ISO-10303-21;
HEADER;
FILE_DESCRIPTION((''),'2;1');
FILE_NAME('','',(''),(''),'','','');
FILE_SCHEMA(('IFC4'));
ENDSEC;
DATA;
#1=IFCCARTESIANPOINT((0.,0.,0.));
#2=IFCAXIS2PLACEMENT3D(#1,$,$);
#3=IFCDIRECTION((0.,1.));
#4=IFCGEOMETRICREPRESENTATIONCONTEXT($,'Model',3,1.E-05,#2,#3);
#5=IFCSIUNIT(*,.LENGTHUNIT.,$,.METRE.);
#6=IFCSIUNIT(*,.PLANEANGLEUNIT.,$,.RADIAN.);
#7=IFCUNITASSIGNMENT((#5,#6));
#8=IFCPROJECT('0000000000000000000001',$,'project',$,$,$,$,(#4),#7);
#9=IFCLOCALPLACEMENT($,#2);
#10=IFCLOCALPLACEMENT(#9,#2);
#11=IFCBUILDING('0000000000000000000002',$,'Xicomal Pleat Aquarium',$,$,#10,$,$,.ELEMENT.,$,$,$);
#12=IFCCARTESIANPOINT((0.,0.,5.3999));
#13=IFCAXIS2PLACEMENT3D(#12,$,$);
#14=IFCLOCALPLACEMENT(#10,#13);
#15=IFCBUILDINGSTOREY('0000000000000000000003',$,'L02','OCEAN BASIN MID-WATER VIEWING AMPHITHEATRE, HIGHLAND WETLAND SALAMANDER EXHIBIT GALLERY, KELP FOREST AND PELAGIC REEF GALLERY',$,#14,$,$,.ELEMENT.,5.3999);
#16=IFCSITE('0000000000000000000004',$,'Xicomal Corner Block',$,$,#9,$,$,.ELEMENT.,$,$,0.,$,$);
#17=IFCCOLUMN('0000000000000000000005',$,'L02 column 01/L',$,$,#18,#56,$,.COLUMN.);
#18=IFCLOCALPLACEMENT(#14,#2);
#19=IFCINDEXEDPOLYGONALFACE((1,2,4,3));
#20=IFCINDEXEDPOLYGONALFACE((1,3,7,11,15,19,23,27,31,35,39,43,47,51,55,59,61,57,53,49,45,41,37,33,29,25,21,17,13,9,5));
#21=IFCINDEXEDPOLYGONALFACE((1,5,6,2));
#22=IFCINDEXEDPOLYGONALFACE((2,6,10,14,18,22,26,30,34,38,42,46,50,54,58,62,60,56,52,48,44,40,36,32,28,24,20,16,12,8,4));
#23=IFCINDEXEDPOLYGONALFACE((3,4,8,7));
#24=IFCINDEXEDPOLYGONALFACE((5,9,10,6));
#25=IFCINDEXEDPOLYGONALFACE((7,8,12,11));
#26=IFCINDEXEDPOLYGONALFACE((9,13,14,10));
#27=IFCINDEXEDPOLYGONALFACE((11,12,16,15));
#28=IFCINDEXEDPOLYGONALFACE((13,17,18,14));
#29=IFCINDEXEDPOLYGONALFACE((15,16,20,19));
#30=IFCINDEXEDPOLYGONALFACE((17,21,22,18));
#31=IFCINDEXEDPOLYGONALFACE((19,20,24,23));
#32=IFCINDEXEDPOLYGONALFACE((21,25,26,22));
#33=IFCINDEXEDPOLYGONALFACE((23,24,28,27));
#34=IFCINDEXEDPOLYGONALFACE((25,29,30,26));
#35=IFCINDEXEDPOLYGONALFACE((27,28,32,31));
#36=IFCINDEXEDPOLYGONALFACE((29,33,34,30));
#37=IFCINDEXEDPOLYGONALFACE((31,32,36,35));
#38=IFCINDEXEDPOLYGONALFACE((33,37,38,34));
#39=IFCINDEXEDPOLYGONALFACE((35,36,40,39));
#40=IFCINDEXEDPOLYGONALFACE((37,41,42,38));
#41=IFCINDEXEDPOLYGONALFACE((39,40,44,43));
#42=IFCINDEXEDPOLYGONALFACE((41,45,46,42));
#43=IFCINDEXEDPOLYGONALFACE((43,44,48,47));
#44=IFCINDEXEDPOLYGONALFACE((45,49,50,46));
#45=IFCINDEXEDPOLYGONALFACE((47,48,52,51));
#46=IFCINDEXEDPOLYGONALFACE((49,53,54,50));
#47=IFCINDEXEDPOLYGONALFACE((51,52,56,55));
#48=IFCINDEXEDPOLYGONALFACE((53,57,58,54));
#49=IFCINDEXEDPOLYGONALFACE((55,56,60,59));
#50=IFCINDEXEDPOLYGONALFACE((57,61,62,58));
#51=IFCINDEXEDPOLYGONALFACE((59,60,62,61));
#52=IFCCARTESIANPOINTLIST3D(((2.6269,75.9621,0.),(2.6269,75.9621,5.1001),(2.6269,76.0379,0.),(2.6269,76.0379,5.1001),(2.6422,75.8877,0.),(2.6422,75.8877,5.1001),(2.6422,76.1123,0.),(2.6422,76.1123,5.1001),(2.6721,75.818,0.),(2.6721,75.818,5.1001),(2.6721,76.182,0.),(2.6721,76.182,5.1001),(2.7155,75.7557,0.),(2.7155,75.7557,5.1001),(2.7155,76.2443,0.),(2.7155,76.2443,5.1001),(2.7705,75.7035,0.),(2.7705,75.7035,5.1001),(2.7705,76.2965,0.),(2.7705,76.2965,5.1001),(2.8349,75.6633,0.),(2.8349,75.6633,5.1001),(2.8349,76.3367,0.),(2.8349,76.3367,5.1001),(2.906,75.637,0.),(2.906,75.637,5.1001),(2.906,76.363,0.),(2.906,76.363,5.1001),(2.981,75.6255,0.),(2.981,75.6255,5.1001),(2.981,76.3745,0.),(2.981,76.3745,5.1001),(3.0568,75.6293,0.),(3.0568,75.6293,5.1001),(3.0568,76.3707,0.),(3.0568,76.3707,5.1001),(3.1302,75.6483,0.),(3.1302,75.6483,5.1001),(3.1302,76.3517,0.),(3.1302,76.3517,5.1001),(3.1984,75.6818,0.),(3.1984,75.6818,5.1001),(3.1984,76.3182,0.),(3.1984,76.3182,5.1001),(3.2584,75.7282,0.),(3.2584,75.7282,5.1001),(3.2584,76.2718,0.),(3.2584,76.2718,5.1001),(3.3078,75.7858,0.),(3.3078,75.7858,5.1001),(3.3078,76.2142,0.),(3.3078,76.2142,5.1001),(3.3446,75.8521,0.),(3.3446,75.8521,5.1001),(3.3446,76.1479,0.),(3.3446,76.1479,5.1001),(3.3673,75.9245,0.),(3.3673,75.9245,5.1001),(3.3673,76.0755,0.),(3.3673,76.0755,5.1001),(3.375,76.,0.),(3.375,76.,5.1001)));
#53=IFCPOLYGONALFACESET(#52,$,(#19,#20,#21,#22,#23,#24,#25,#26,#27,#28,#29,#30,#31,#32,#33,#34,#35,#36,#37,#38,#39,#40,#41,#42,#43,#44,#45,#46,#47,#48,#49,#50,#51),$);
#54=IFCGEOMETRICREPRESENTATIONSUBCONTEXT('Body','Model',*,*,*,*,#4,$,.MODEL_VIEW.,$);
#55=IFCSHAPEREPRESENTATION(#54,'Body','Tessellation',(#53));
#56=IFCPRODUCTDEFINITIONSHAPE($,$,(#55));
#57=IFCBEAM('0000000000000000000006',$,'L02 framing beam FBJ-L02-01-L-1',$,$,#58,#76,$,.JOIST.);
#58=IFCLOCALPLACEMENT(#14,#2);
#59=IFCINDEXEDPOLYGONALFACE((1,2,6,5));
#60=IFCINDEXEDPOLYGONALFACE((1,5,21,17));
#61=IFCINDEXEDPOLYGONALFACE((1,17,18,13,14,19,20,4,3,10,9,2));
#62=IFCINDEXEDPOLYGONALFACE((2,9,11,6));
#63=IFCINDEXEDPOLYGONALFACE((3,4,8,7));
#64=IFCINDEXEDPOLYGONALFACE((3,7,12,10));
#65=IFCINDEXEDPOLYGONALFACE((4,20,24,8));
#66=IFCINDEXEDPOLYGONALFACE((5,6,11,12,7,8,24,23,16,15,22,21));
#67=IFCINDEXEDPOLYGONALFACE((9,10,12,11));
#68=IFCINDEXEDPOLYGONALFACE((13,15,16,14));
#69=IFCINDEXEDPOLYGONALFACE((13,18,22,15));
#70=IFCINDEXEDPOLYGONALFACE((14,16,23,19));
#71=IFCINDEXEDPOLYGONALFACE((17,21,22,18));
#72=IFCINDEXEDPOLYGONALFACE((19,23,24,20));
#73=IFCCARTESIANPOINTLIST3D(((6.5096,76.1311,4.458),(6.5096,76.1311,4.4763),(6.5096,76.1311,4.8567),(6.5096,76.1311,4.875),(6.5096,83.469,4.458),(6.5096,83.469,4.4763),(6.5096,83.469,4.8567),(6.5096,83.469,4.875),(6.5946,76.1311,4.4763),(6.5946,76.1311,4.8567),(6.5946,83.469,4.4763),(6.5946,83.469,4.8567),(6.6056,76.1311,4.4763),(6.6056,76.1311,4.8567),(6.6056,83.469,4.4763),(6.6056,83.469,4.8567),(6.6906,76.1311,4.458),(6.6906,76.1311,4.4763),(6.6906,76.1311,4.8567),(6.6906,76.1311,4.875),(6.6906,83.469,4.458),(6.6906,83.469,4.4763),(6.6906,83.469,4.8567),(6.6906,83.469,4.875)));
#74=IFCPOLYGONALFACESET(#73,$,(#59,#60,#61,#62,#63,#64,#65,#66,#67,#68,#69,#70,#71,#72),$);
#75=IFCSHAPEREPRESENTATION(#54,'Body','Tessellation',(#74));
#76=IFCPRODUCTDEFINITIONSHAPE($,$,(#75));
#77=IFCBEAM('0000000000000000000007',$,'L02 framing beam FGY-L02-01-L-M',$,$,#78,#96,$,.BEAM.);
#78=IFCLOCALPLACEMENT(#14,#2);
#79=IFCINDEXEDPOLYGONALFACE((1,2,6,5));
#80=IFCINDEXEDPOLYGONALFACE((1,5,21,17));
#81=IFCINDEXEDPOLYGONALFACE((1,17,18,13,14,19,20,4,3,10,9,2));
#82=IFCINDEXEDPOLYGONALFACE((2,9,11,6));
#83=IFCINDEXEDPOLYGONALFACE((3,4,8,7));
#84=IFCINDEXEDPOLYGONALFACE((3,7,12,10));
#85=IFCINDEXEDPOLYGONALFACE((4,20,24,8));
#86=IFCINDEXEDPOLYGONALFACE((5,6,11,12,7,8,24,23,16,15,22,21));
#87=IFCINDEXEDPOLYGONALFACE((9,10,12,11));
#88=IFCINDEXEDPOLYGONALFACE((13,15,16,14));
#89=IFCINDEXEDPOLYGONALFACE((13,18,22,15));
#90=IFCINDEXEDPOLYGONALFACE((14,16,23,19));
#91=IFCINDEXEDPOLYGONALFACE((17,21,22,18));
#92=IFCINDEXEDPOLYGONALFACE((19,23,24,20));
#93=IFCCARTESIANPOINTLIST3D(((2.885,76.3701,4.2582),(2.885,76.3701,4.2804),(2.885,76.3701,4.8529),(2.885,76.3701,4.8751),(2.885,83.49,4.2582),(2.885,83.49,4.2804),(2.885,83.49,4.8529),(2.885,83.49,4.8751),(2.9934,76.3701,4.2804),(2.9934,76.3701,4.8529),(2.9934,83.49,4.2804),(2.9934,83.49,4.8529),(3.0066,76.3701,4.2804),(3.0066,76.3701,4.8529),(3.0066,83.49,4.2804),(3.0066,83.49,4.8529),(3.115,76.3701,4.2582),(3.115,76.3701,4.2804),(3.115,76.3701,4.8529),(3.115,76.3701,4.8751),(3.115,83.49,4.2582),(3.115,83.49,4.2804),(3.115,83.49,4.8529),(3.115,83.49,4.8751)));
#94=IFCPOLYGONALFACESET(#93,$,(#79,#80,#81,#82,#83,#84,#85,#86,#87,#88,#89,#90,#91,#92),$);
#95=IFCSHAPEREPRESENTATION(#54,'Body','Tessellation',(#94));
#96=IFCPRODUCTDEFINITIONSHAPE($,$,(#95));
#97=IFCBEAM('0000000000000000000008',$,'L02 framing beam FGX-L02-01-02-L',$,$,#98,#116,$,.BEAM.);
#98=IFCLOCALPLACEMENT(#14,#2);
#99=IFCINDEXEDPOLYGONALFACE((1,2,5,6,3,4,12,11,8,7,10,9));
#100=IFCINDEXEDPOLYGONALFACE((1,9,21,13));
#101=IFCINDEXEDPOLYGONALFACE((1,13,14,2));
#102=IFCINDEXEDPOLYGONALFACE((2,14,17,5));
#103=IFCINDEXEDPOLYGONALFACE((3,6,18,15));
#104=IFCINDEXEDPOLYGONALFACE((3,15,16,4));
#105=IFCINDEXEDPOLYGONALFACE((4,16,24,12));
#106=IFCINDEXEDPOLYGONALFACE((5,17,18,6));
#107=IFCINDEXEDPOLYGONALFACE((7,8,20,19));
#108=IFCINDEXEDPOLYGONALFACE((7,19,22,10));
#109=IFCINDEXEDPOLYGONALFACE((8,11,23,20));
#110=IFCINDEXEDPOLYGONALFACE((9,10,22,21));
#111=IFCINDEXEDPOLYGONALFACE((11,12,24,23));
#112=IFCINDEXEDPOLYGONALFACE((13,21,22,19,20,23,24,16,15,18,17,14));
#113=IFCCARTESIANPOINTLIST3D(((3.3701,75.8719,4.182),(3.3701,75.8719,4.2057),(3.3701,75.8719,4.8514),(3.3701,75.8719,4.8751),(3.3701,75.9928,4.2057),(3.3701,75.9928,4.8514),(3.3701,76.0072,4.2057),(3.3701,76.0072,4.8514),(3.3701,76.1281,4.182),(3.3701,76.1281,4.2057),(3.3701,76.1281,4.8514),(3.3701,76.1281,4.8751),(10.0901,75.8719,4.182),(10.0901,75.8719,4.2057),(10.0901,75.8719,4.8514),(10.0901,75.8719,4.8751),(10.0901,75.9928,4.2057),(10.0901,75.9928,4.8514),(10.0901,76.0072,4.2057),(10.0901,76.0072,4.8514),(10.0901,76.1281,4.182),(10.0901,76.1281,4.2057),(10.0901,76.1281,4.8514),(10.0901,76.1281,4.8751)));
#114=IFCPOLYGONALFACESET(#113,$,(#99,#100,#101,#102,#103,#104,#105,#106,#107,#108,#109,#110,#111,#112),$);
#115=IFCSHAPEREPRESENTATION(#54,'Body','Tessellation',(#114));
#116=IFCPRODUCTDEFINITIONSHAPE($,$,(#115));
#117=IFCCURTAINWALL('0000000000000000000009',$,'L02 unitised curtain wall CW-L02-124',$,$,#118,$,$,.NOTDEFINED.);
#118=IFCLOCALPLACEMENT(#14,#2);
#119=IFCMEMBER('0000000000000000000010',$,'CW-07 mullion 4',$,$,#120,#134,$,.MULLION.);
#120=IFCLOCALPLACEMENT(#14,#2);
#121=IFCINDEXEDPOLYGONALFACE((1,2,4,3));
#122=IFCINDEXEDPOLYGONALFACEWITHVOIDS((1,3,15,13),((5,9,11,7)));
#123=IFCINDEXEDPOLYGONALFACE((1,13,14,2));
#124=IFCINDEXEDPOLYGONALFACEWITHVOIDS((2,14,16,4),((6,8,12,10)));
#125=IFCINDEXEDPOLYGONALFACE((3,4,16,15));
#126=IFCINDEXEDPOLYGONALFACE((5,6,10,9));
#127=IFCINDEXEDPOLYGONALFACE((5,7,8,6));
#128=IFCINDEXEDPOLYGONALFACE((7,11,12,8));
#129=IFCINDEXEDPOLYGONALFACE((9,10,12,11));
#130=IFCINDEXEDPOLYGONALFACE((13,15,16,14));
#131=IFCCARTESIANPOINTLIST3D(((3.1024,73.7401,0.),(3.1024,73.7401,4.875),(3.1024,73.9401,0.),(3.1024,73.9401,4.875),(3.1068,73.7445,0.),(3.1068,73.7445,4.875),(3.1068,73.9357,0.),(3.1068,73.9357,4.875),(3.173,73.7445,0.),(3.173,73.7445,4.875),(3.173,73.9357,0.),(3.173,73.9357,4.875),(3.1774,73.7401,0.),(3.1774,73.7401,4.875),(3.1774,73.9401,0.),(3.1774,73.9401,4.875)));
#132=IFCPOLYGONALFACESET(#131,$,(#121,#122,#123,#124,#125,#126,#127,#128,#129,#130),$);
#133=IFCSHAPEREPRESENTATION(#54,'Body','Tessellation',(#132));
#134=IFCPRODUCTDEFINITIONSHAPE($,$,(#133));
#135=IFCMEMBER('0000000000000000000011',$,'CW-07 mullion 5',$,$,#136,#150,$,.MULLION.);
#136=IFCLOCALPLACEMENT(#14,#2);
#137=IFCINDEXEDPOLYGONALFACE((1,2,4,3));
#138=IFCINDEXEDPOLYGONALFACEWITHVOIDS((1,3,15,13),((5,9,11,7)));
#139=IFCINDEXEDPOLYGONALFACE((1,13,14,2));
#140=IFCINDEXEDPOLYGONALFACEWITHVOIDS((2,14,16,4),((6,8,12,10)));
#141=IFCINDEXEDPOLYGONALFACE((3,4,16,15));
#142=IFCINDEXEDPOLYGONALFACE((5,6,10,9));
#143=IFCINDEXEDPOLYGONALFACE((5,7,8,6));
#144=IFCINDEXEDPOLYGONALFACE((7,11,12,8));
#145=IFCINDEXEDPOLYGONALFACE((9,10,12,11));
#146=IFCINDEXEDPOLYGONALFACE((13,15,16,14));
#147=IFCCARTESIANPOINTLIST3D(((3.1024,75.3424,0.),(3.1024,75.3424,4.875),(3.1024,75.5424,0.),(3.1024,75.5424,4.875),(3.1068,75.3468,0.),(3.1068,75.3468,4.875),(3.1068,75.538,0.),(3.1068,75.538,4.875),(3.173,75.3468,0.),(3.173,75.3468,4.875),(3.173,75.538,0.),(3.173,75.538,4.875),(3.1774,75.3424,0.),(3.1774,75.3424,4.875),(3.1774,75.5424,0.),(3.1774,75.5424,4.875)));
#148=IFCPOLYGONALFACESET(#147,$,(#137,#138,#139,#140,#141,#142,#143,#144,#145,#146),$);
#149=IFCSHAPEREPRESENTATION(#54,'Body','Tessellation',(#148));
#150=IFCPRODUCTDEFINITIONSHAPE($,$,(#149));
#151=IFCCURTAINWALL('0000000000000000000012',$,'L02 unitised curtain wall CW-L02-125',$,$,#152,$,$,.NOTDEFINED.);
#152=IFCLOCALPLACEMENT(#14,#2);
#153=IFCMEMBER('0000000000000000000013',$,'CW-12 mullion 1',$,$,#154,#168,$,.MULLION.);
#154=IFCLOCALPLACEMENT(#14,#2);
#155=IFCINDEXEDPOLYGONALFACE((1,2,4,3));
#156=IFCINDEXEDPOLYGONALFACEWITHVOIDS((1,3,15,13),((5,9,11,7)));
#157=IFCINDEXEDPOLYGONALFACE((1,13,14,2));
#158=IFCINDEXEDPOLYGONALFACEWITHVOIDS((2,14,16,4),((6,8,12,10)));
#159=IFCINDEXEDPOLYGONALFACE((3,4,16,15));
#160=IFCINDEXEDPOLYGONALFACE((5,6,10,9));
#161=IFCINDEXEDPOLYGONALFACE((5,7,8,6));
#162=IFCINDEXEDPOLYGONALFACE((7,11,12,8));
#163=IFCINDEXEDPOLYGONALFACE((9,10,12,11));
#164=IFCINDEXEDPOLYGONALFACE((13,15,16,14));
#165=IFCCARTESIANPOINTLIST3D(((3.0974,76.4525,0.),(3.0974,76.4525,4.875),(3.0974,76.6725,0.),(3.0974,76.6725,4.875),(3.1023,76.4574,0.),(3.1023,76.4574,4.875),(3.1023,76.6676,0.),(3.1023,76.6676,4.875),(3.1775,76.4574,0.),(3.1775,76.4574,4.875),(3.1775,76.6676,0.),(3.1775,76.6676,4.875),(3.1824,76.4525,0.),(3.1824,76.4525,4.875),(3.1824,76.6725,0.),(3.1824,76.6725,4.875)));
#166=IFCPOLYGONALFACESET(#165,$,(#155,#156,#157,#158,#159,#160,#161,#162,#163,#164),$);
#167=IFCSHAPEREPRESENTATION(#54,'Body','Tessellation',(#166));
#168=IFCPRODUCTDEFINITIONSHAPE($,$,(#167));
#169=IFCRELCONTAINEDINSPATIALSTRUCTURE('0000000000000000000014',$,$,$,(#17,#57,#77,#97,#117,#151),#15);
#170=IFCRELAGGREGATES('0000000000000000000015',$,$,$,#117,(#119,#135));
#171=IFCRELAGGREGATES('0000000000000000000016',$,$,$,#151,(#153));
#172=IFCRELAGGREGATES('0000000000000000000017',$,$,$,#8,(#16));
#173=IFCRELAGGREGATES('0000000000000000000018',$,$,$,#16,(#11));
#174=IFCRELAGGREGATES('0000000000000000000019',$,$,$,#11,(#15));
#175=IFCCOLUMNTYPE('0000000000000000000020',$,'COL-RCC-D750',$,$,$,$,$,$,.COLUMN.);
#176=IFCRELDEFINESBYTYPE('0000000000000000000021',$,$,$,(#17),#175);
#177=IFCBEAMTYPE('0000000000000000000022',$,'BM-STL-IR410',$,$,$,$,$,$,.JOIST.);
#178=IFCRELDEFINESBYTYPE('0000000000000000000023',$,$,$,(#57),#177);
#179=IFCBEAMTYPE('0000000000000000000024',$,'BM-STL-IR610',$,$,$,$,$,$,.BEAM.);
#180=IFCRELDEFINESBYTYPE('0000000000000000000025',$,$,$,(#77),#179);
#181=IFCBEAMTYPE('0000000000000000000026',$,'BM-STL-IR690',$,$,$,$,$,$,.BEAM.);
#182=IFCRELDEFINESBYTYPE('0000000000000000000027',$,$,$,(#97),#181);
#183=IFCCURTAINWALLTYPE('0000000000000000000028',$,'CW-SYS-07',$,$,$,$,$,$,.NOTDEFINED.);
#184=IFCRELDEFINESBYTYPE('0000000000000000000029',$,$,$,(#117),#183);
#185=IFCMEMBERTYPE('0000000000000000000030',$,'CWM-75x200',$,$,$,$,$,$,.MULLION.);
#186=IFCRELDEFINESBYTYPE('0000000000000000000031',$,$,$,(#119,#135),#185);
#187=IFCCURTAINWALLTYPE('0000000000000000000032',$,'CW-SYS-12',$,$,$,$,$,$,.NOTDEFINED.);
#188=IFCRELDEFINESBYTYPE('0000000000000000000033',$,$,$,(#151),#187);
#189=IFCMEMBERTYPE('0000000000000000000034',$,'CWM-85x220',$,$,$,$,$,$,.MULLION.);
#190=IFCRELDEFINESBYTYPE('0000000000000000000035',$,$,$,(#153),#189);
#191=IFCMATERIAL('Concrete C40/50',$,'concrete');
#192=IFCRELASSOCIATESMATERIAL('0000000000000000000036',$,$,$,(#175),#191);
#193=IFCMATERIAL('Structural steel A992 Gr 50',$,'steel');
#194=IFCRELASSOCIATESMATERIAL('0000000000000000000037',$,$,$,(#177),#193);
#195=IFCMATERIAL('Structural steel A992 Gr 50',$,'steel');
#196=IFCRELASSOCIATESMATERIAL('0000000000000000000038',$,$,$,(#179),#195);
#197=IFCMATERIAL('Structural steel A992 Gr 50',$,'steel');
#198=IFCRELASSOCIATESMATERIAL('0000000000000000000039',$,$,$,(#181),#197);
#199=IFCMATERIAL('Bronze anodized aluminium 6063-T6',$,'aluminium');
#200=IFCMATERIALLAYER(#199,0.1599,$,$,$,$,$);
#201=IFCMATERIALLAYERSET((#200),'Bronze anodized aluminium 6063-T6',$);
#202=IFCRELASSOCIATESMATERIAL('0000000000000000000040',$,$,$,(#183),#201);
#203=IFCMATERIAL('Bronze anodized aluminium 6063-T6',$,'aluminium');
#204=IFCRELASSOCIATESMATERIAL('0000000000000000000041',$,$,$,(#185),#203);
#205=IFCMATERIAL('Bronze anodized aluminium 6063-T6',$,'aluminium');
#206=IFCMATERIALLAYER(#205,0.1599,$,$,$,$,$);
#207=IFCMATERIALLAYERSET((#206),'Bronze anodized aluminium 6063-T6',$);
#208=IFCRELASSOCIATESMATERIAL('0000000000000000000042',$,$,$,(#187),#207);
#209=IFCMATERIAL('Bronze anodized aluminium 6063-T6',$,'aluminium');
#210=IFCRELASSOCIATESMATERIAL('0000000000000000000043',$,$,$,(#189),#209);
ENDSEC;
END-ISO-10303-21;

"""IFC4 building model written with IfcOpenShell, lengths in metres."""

from ifc_helpers import new_model, si_unit, direction, frame, origin, origin_2d, place, context, subcontext, project, spatial, hollow_rectangle, circle, i_section, extrude, material, layer, layer_set, material_profile, profile_set, type_object, element, aggregate, save


model = new_model("IFC4")

# Units and contexts
model_context = context("Model", 3, precision=1e-05, world=origin(), true_north=direction((0.0, 1.0)))
body_context = subcontext(model_context, "Body", "Model", "MODEL_VIEW")
ifc_project = project(units=[si_unit("LENGTHUNIT", "METRE"), si_unit("PLANEANGLEUNIT", "RADIAN")], contexts=[model_context])

# Site, building, storey
site_placement = place(None, origin())
site = spatial("IfcSite", under=ifc_project, at=site_placement, Name="Xicomal Corner Block", CompositionType="ELEMENT", RefElevation=0.0)
building_placement = place(site_placement, origin())
building = spatial("IfcBuilding", under=site, at=building_placement, Name="Xicomal Pleat Aquarium", CompositionType="ELEMENT")
storey_placement = place(building_placement, frame((0.0, 0.0, 5.3999)))
storey = spatial("IfcBuildingStorey", under=building, at=storey_placement, Name="L02", Description="OCEAN BASIN MID-WATER VIEWING AMPHITHEATRE, HIGHLAND WETLAND SALAMANDER EXHIBIT GALLERY, KELP FOREST AND PELAGIC REEF GALLERY", CompositionType="ELEMENT", Elevation=5.3999)

# Column
ifc_material_1 = material(Name="Concrete C40/50", Category="concrete")
ifc_material_profile_1 = material_profile(ifc_material_1, circle(Radius=0.375, at=origin_2d()), Name="RCC D750")
ifc_profile_set_1 = profile_set([ifc_material_profile_1], Name="Concrete C40/50")
column_type = type_object("IfcColumnType", Name="COL-RCC-D750", PredefinedType="COLUMN", material=ifc_profile_set_1)
column_placement = place(storey_placement, frame((3.0, 76.0, 0.0), z_axis=(0.0, 0.0, 1.0), x_axis=(1.0, 0.0, 0.0)))
element("IfcColumn", 1, at=column_placement, inside=storey, type_object=column_type, Name="L02 column 01/L", PredefinedType="COLUMN", context=body_context, shape_type="SweptSolid", body=[
    extrude(circle(Radius=0.375, at=origin_2d()), origin(), (0.0, 0.0, 1.0), 5.1001),
])

# Beams
ifc_material_2 = material(Name="Structural steel A992 Gr 50", Category="steel")
ifc_material_profile_2 = material_profile(ifc_material_2, i_section(OverallWidth=0.1809, OverallDepth=0.417, WebThickness=0.011, FlangeThickness=0.0183, at=origin_2d()), Name="IR 410x85")
ifc_profile_set_2 = profile_set([ifc_material_profile_2], Name="Structural steel A992 Gr 50")
beam_type_1 = type_object("IfcBeamType", Name="BM-STL-IR410", PredefinedType="JOIST", material=ifc_profile_set_2)
beam_1_placement = place(storey_placement, frame((6.6001, 76.1311, 4.6665), z_axis=(0.0, 1.0, 0.0), x_axis=(-1.0, 0.0, 0.0)))
element("IfcBeam", 2, at=beam_1_placement, inside=storey, type_object=beam_type_1, Name="L02 framing beam FBJ-L02-01-L-1", PredefinedType="JOIST", context=body_context, shape_type="SweptSolid", body=[
    extrude(i_section(OverallWidth=0.1809, OverallDepth=0.417, WebThickness=0.011, FlangeThickness=0.0183, at=origin_2d()), origin(), (0.0, 0.0, 1.0), 7.3379),
])
ifc_material_3 = material(Name="Structural steel A992 Gr 50", Category="steel")
ifc_material_profile_3 = material_profile(ifc_material_3, i_section(OverallWidth=0.23, OverallDepth=0.6169, WebThickness=0.0132, FlangeThickness=0.0222, at=origin_2d()), Name="IR 610x140")
ifc_profile_set_3 = profile_set([ifc_material_profile_3], Name="Structural steel A992 Gr 50")
beam_type_2 = type_object("IfcBeamType", Name="BM-STL-IR610", PredefinedType="BEAM", material=ifc_profile_set_3)
beam_2_placement = place(storey_placement, frame((3.0, 76.3701, 4.5667), z_axis=(0.0, 1.0, 0.0), x_axis=(-1.0, 0.0, 0.0)))
element("IfcBeam", 3, at=beam_2_placement, inside=storey, type_object=beam_type_2, Name="L02 framing beam FGY-L02-01-L-M", PredefinedType="BEAM", context=body_context, shape_type="SweptSolid", body=[
    extrude(i_section(OverallWidth=0.23, OverallDepth=0.6169, WebThickness=0.0132, FlangeThickness=0.0222, at=origin_2d()), origin(), (0.0, 0.0, 1.0), 7.1199),
])
ifc_material_4 = material(Name="Structural steel A992 Gr 50", Category="steel")
ifc_material_profile_4 = material_profile(ifc_material_4, i_section(OverallWidth=0.2561, OverallDepth=0.6931, WebThickness=0.0144, FlangeThickness=0.0237, at=origin_2d()), Name="IR 690x170")
ifc_profile_set_4 = profile_set([ifc_material_profile_4], Name="Structural steel A992 Gr 50")
beam_type_3 = type_object("IfcBeamType", Name="BM-STL-IR690", PredefinedType="BEAM", material=ifc_profile_set_4)
beam_3_placement = place(storey_placement, frame((3.3701, 76.0, 4.5286), z_axis=(1.0, 0.0, 0.0), x_axis=(0.0, 1.0, 0.0)))
element("IfcBeam", 4, at=beam_3_placement, inside=storey, type_object=beam_type_3, Name="L02 framing beam FGX-L02-01-02-L", PredefinedType="BEAM", context=body_context, shape_type="SweptSolid", body=[
    extrude(i_section(OverallWidth=0.2561, OverallDepth=0.6931, WebThickness=0.0144, FlangeThickness=0.0237, at=origin_2d()), origin(), (0.0, 0.0, 1.0), 6.72),
])

# Curtain wall, members
ifc_material_5 = material(Name="Bronze anodized aluminium 6063-T6", Category="aluminium")
ifc_layer_1 = layer(ifc_material_5, 0.1599)
ifc_layer_set_1 = layer_set([ifc_layer_1], Name="Bronze anodized aluminium 6063-T6")
curtain_wall_type_1 = type_object("IfcCurtainWallType", Name="CW-SYS-07", PredefinedType="NOTDEFINED", material=ifc_layer_set_1)
curtain_wall_1_placement = place(storey_placement, origin())
curtain_wall_1 = element("IfcCurtainWall", 5, at=curtain_wall_1_placement, inside=storey, type_object=curtain_wall_type_1, Name="L02 unitised curtain wall CW-L02-124", PredefinedType="NOTDEFINED")
ifc_material_6 = material(Name="Bronze anodized aluminium 6063-T6", Category="aluminium")
ifc_material_profile_5 = material_profile(ifc_material_6, hollow_rectangle(XDim=0.075, YDim=0.2, WallThickness=0.0044, at=origin_2d()), Name="ALU MULL 75x200")
ifc_profile_set_5 = profile_set([ifc_material_profile_5], Name="Bronze anodized aluminium 6063-T6")
member_type_1 = type_object("IfcMemberType", Name="CWM-75x200", PredefinedType="MULLION", material=ifc_profile_set_5)
member_1_placement = place(storey_placement, frame((3.1399, 73.8401, 0.0), z_axis=(0.0, 0.0, 1.0), x_axis=(-1.0, 0.0, 0.0)))
member_1 = element("IfcMember", 6, at=member_1_placement, type_object=member_type_1, Name="CW-07 mullion 4", PredefinedType="MULLION", context=body_context, shape_type="SweptSolid", body=[
    extrude(hollow_rectangle(XDim=0.075, YDim=0.2, WallThickness=0.0044, at=origin_2d()), origin(), (0.0, 0.0, 1.0), 4.875),
])
member_2_placement = place(storey_placement, frame((3.1399, 75.4424, 0.0), z_axis=(0.0, 0.0, 1.0), x_axis=(-1.0, 0.0, 0.0)))
member_2 = element("IfcMember", 7, at=member_2_placement, type_object=member_type_1, Name="CW-07 mullion 5", PredefinedType="MULLION", context=body_context, shape_type="SweptSolid", body=[
    extrude(hollow_rectangle(XDim=0.075, YDim=0.2, WallThickness=0.0044, at=origin_2d()), origin(), (0.0, 0.0, 1.0), 4.875),
])

# Curtain wall, member
ifc_material_7 = material(Name="Bronze anodized aluminium 6063-T6", Category="aluminium")
ifc_layer_2 = layer(ifc_material_7, 0.1599)
ifc_layer_set_2 = layer_set([ifc_layer_2], Name="Bronze anodized aluminium 6063-T6")
curtain_wall_type_2 = type_object("IfcCurtainWallType", Name="CW-SYS-12", PredefinedType="NOTDEFINED", material=ifc_layer_set_2)
curtain_wall_2_placement = place(storey_placement, origin())
curtain_wall_2 = element("IfcCurtainWall", 8, at=curtain_wall_2_placement, inside=storey, type_object=curtain_wall_type_2, Name="L02 unitised curtain wall CW-L02-125", PredefinedType="NOTDEFINED")
ifc_material_8 = material(Name="Bronze anodized aluminium 6063-T6", Category="aluminium")
ifc_material_profile_6 = material_profile(ifc_material_8, hollow_rectangle(XDim=0.085, YDim=0.22, WallThickness=0.0049, at=origin_2d()), Name="ALU MULL 85x220")
ifc_profile_set_6 = profile_set([ifc_material_profile_6], Name="Bronze anodized aluminium 6063-T6")
member_type_2 = type_object("IfcMemberType", Name="CWM-85x220", PredefinedType="MULLION", material=ifc_profile_set_6)
member_3_placement = place(storey_placement, frame((3.1399, 76.5625, 0.0), z_axis=(0.0, 0.0, 1.0), x_axis=(-1.0, 0.0, 0.0)))
member_3 = element("IfcMember", 9, at=member_3_placement, type_object=member_type_2, Name="CW-12 mullion 1", PredefinedType="MULLION", context=body_context, shape_type="SweptSolid", body=[
    extrude(hollow_rectangle(XDim=0.085, YDim=0.22, WallThickness=0.0049, at=origin_2d()), origin(), (0.0, 0.0, 1.0), 4.875),
])

aggregate(curtain_wall_1, [member_1, member_2])
aggregate(curtain_wall_2, [member_3])

save(model, "model.ifc")
